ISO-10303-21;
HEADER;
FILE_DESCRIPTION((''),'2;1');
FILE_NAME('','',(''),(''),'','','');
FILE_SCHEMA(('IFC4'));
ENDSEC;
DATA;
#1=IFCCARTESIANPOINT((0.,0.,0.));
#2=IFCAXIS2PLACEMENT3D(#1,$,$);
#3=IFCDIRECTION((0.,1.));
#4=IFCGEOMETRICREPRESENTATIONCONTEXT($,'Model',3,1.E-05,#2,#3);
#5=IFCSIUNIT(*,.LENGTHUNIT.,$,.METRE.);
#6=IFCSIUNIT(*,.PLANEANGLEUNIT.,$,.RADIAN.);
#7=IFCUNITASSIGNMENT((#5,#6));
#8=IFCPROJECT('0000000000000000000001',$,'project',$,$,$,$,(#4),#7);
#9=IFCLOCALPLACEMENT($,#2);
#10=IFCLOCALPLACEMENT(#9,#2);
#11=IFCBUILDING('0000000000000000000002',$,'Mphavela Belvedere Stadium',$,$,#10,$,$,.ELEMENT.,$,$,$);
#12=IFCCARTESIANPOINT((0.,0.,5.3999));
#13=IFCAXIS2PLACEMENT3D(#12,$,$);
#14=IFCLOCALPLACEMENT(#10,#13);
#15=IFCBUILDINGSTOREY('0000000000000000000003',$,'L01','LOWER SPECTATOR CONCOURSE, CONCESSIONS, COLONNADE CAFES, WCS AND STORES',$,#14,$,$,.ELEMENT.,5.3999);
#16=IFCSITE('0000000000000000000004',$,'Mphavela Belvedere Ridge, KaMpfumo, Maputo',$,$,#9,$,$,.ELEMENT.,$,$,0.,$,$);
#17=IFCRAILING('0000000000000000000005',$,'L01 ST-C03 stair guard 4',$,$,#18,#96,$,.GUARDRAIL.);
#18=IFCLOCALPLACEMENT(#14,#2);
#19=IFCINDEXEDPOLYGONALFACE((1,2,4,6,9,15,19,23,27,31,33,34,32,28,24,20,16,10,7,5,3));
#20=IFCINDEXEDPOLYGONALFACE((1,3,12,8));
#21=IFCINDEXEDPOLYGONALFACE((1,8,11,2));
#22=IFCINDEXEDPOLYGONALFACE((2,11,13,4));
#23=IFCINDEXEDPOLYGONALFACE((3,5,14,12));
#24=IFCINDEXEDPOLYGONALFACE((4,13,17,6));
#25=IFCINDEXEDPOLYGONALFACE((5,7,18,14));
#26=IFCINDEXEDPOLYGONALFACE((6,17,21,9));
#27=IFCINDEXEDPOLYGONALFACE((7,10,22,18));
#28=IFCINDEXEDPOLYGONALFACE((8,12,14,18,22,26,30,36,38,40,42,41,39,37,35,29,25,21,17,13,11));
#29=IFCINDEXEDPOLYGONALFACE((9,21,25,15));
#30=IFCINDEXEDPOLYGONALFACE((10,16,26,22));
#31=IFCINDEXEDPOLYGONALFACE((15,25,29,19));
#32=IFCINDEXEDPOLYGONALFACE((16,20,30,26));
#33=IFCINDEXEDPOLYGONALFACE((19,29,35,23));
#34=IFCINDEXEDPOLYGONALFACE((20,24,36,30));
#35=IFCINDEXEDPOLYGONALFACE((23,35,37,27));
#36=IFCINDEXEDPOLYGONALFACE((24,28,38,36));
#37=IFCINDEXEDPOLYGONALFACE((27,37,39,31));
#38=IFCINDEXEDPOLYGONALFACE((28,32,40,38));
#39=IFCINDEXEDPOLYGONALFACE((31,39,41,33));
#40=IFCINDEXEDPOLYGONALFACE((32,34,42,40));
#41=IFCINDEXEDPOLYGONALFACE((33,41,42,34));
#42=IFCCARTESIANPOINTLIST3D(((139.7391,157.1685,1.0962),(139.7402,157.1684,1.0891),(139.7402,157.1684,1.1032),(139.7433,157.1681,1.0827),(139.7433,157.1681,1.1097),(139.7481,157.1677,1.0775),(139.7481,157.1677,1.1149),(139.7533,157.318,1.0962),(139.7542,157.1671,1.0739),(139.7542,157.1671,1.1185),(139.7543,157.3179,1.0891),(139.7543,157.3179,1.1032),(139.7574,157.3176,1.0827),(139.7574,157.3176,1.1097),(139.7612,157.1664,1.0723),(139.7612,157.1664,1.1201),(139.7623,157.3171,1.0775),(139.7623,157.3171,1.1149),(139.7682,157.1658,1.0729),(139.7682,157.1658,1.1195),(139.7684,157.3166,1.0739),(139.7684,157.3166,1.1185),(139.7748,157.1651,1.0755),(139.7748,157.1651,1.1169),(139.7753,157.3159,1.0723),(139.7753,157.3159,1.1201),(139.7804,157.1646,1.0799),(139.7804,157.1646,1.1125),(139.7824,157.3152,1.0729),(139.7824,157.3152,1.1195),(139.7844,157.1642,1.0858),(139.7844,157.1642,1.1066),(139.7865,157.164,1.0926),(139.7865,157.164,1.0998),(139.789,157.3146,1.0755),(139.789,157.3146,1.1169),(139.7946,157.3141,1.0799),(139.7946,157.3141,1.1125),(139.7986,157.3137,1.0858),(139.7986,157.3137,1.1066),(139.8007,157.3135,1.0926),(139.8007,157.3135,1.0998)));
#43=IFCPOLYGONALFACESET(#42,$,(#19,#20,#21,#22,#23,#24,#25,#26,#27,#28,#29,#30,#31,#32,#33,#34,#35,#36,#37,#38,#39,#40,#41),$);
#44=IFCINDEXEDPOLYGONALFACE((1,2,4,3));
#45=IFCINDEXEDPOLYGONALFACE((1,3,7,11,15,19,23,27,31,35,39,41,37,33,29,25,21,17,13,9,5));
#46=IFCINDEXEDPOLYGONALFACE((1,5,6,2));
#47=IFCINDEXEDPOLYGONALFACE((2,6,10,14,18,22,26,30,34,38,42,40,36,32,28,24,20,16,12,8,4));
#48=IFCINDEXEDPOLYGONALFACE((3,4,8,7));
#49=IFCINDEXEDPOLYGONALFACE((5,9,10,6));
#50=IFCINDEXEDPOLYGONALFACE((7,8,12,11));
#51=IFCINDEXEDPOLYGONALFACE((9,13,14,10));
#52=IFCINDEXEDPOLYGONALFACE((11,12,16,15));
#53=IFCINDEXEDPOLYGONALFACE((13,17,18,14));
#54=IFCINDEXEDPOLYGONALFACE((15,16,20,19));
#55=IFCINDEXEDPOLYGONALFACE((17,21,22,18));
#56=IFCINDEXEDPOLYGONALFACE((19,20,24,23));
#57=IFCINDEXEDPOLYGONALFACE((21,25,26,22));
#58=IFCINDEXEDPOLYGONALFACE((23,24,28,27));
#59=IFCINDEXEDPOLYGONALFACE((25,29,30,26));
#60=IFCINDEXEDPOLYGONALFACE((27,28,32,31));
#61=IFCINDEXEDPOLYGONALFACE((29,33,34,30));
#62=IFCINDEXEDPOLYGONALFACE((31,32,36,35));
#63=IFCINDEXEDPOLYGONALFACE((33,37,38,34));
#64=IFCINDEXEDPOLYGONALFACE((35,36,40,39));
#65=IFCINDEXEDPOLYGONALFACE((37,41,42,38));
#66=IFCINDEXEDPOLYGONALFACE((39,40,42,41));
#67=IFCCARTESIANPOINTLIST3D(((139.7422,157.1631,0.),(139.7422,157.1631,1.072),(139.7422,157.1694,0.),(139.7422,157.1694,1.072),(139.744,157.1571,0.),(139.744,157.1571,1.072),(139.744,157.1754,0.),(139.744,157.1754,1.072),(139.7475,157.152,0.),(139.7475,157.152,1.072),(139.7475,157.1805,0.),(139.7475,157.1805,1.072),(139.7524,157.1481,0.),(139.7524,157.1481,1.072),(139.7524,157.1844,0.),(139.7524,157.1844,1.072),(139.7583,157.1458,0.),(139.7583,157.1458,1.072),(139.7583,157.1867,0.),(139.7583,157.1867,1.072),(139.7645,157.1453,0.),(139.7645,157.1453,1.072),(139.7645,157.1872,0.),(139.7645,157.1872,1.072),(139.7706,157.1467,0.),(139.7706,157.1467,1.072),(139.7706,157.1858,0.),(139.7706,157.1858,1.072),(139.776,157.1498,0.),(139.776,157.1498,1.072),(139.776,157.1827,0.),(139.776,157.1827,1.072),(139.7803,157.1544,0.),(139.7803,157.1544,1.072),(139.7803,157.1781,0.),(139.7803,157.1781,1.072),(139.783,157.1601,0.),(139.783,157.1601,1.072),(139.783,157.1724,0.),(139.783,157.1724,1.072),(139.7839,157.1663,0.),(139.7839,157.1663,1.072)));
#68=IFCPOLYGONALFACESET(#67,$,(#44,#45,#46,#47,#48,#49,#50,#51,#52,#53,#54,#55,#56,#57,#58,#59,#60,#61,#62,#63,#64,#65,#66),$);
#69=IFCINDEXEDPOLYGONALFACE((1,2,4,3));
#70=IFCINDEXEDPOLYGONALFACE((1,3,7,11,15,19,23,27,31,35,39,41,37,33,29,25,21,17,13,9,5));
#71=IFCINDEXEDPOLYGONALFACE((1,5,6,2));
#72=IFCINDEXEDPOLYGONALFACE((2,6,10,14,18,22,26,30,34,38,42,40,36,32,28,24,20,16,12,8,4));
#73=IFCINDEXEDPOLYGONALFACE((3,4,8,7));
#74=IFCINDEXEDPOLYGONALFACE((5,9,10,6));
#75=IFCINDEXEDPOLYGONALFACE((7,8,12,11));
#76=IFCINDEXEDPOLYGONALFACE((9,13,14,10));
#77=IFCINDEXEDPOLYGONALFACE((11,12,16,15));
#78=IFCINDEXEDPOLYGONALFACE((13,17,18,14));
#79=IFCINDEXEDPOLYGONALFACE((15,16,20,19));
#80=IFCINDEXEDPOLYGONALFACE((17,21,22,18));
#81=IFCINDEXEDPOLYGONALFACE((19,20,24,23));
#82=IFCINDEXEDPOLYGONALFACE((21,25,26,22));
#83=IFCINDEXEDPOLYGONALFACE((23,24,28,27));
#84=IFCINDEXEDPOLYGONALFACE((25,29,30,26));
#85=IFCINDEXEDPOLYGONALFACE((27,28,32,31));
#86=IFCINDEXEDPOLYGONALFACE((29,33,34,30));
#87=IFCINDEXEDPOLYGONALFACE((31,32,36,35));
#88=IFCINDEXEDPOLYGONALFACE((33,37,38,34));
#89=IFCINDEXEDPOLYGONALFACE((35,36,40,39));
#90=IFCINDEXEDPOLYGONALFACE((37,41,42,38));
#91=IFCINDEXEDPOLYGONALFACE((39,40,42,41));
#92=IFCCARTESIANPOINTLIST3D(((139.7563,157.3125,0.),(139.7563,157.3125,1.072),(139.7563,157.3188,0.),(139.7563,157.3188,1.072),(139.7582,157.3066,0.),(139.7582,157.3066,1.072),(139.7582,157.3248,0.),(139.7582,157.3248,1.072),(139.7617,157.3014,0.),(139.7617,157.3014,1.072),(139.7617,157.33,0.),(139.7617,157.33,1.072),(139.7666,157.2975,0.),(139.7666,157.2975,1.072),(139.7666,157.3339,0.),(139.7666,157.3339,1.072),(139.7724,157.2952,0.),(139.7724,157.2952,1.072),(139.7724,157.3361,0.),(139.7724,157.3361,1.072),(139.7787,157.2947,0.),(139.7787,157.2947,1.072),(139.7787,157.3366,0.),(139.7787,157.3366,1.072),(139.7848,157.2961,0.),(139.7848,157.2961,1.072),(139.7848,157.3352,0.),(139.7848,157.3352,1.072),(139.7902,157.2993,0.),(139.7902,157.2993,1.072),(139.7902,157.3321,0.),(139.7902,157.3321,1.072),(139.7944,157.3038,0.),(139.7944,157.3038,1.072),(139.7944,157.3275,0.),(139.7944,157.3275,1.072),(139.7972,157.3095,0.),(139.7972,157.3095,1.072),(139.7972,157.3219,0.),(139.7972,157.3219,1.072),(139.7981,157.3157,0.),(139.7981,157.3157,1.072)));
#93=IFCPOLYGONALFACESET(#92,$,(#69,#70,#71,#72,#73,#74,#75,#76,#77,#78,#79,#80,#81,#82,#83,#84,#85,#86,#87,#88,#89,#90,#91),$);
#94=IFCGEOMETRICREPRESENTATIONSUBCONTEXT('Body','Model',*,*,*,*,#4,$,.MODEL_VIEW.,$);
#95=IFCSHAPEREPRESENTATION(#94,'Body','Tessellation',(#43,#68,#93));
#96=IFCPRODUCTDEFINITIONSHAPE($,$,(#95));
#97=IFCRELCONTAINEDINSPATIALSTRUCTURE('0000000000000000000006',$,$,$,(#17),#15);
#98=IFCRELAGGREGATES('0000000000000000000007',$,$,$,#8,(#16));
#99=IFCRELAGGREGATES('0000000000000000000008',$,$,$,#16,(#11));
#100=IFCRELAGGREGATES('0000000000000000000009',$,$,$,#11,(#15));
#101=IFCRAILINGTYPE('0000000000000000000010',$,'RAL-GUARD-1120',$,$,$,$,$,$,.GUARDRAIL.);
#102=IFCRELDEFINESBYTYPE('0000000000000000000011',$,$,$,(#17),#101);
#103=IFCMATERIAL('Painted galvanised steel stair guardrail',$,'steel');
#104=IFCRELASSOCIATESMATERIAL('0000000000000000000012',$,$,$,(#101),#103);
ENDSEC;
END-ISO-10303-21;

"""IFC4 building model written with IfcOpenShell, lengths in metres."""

from ifc_helpers import new_model, si_unit, direction, frame, origin, origin_2d, place, context, subcontext, project, spatial, circle, extrude, material, type_object, element, save


model = new_model("IFC4")

# Units and contexts
model_context = context("Model", 3, precision=1e-05, world=origin(), true_north=direction((0.0, 1.0)))
body_context = subcontext(model_context, "Body", "Model", "MODEL_VIEW")
ifc_project = project(units=[si_unit("LENGTHUNIT", "METRE"), si_unit("PLANEANGLEUNIT", "RADIAN")], contexts=[model_context])

# Site, building, storey
site_placement = place(None, origin())
site = spatial("IfcSite", under=ifc_project, at=site_placement, Name="Mphavela Belvedere Ridge, KaMpfumo, Maputo", CompositionType="ELEMENT", RefElevation=0.0)
building_placement = place(site_placement, origin())
building = spatial("IfcBuilding", under=site, at=building_placement, Name="Mphavela Belvedere Stadium", CompositionType="ELEMENT")
storey_placement = place(building_placement, frame((0.0, 0.0, 5.3999)))
storey = spatial("IfcBuildingStorey", under=building, at=storey_placement, Name="L01", Description="LOWER SPECTATOR CONCOURSE, CONCESSIONS, COLONNADE CAFES, WCS AND STORES", CompositionType="ELEMENT", Elevation=5.3999)

# Railing
ifc_material_1 = material(Name="Painted galvanised steel stair guardrail", Category="steel")
railing_type_1 = type_object("IfcRailingType", Name="RAL-GUARD-1120", PredefinedType="GUARDRAIL", material=ifc_material_1)
railing_1_placement = place(storey_placement, frame((139.7629, 157.1663, 0.0)))
element("IfcRailing", 1, at=railing_1_placement, inside=storey, type_object=railing_type_1, Name="L01 ST-C03 stair guard 4", PredefinedType="GUARDRAIL", context=body_context, shape_type="SweptSolid", body=[
    extrude(circle(Radius=0.0239, at=origin_2d()), frame((0.0, 0.0, 1.0962), z_axis=(0.094348, 0.995539, 0.0), x_axis=(-0.995539, 0.094348, 0.0)), (0.0, 0.0, 1.0), 0.1501),
    extrude(circle(Radius=0.021, at=origin_2d()), origin(), (0.0, 0.0, 1.0), 1.072),
    extrude(circle(Radius=0.021, at=origin_2d()), frame((0.0142, 0.1494, 0.0)), (0.0, 0.0, 1.0), 1.072),
])

save(model, "model.ifc")
